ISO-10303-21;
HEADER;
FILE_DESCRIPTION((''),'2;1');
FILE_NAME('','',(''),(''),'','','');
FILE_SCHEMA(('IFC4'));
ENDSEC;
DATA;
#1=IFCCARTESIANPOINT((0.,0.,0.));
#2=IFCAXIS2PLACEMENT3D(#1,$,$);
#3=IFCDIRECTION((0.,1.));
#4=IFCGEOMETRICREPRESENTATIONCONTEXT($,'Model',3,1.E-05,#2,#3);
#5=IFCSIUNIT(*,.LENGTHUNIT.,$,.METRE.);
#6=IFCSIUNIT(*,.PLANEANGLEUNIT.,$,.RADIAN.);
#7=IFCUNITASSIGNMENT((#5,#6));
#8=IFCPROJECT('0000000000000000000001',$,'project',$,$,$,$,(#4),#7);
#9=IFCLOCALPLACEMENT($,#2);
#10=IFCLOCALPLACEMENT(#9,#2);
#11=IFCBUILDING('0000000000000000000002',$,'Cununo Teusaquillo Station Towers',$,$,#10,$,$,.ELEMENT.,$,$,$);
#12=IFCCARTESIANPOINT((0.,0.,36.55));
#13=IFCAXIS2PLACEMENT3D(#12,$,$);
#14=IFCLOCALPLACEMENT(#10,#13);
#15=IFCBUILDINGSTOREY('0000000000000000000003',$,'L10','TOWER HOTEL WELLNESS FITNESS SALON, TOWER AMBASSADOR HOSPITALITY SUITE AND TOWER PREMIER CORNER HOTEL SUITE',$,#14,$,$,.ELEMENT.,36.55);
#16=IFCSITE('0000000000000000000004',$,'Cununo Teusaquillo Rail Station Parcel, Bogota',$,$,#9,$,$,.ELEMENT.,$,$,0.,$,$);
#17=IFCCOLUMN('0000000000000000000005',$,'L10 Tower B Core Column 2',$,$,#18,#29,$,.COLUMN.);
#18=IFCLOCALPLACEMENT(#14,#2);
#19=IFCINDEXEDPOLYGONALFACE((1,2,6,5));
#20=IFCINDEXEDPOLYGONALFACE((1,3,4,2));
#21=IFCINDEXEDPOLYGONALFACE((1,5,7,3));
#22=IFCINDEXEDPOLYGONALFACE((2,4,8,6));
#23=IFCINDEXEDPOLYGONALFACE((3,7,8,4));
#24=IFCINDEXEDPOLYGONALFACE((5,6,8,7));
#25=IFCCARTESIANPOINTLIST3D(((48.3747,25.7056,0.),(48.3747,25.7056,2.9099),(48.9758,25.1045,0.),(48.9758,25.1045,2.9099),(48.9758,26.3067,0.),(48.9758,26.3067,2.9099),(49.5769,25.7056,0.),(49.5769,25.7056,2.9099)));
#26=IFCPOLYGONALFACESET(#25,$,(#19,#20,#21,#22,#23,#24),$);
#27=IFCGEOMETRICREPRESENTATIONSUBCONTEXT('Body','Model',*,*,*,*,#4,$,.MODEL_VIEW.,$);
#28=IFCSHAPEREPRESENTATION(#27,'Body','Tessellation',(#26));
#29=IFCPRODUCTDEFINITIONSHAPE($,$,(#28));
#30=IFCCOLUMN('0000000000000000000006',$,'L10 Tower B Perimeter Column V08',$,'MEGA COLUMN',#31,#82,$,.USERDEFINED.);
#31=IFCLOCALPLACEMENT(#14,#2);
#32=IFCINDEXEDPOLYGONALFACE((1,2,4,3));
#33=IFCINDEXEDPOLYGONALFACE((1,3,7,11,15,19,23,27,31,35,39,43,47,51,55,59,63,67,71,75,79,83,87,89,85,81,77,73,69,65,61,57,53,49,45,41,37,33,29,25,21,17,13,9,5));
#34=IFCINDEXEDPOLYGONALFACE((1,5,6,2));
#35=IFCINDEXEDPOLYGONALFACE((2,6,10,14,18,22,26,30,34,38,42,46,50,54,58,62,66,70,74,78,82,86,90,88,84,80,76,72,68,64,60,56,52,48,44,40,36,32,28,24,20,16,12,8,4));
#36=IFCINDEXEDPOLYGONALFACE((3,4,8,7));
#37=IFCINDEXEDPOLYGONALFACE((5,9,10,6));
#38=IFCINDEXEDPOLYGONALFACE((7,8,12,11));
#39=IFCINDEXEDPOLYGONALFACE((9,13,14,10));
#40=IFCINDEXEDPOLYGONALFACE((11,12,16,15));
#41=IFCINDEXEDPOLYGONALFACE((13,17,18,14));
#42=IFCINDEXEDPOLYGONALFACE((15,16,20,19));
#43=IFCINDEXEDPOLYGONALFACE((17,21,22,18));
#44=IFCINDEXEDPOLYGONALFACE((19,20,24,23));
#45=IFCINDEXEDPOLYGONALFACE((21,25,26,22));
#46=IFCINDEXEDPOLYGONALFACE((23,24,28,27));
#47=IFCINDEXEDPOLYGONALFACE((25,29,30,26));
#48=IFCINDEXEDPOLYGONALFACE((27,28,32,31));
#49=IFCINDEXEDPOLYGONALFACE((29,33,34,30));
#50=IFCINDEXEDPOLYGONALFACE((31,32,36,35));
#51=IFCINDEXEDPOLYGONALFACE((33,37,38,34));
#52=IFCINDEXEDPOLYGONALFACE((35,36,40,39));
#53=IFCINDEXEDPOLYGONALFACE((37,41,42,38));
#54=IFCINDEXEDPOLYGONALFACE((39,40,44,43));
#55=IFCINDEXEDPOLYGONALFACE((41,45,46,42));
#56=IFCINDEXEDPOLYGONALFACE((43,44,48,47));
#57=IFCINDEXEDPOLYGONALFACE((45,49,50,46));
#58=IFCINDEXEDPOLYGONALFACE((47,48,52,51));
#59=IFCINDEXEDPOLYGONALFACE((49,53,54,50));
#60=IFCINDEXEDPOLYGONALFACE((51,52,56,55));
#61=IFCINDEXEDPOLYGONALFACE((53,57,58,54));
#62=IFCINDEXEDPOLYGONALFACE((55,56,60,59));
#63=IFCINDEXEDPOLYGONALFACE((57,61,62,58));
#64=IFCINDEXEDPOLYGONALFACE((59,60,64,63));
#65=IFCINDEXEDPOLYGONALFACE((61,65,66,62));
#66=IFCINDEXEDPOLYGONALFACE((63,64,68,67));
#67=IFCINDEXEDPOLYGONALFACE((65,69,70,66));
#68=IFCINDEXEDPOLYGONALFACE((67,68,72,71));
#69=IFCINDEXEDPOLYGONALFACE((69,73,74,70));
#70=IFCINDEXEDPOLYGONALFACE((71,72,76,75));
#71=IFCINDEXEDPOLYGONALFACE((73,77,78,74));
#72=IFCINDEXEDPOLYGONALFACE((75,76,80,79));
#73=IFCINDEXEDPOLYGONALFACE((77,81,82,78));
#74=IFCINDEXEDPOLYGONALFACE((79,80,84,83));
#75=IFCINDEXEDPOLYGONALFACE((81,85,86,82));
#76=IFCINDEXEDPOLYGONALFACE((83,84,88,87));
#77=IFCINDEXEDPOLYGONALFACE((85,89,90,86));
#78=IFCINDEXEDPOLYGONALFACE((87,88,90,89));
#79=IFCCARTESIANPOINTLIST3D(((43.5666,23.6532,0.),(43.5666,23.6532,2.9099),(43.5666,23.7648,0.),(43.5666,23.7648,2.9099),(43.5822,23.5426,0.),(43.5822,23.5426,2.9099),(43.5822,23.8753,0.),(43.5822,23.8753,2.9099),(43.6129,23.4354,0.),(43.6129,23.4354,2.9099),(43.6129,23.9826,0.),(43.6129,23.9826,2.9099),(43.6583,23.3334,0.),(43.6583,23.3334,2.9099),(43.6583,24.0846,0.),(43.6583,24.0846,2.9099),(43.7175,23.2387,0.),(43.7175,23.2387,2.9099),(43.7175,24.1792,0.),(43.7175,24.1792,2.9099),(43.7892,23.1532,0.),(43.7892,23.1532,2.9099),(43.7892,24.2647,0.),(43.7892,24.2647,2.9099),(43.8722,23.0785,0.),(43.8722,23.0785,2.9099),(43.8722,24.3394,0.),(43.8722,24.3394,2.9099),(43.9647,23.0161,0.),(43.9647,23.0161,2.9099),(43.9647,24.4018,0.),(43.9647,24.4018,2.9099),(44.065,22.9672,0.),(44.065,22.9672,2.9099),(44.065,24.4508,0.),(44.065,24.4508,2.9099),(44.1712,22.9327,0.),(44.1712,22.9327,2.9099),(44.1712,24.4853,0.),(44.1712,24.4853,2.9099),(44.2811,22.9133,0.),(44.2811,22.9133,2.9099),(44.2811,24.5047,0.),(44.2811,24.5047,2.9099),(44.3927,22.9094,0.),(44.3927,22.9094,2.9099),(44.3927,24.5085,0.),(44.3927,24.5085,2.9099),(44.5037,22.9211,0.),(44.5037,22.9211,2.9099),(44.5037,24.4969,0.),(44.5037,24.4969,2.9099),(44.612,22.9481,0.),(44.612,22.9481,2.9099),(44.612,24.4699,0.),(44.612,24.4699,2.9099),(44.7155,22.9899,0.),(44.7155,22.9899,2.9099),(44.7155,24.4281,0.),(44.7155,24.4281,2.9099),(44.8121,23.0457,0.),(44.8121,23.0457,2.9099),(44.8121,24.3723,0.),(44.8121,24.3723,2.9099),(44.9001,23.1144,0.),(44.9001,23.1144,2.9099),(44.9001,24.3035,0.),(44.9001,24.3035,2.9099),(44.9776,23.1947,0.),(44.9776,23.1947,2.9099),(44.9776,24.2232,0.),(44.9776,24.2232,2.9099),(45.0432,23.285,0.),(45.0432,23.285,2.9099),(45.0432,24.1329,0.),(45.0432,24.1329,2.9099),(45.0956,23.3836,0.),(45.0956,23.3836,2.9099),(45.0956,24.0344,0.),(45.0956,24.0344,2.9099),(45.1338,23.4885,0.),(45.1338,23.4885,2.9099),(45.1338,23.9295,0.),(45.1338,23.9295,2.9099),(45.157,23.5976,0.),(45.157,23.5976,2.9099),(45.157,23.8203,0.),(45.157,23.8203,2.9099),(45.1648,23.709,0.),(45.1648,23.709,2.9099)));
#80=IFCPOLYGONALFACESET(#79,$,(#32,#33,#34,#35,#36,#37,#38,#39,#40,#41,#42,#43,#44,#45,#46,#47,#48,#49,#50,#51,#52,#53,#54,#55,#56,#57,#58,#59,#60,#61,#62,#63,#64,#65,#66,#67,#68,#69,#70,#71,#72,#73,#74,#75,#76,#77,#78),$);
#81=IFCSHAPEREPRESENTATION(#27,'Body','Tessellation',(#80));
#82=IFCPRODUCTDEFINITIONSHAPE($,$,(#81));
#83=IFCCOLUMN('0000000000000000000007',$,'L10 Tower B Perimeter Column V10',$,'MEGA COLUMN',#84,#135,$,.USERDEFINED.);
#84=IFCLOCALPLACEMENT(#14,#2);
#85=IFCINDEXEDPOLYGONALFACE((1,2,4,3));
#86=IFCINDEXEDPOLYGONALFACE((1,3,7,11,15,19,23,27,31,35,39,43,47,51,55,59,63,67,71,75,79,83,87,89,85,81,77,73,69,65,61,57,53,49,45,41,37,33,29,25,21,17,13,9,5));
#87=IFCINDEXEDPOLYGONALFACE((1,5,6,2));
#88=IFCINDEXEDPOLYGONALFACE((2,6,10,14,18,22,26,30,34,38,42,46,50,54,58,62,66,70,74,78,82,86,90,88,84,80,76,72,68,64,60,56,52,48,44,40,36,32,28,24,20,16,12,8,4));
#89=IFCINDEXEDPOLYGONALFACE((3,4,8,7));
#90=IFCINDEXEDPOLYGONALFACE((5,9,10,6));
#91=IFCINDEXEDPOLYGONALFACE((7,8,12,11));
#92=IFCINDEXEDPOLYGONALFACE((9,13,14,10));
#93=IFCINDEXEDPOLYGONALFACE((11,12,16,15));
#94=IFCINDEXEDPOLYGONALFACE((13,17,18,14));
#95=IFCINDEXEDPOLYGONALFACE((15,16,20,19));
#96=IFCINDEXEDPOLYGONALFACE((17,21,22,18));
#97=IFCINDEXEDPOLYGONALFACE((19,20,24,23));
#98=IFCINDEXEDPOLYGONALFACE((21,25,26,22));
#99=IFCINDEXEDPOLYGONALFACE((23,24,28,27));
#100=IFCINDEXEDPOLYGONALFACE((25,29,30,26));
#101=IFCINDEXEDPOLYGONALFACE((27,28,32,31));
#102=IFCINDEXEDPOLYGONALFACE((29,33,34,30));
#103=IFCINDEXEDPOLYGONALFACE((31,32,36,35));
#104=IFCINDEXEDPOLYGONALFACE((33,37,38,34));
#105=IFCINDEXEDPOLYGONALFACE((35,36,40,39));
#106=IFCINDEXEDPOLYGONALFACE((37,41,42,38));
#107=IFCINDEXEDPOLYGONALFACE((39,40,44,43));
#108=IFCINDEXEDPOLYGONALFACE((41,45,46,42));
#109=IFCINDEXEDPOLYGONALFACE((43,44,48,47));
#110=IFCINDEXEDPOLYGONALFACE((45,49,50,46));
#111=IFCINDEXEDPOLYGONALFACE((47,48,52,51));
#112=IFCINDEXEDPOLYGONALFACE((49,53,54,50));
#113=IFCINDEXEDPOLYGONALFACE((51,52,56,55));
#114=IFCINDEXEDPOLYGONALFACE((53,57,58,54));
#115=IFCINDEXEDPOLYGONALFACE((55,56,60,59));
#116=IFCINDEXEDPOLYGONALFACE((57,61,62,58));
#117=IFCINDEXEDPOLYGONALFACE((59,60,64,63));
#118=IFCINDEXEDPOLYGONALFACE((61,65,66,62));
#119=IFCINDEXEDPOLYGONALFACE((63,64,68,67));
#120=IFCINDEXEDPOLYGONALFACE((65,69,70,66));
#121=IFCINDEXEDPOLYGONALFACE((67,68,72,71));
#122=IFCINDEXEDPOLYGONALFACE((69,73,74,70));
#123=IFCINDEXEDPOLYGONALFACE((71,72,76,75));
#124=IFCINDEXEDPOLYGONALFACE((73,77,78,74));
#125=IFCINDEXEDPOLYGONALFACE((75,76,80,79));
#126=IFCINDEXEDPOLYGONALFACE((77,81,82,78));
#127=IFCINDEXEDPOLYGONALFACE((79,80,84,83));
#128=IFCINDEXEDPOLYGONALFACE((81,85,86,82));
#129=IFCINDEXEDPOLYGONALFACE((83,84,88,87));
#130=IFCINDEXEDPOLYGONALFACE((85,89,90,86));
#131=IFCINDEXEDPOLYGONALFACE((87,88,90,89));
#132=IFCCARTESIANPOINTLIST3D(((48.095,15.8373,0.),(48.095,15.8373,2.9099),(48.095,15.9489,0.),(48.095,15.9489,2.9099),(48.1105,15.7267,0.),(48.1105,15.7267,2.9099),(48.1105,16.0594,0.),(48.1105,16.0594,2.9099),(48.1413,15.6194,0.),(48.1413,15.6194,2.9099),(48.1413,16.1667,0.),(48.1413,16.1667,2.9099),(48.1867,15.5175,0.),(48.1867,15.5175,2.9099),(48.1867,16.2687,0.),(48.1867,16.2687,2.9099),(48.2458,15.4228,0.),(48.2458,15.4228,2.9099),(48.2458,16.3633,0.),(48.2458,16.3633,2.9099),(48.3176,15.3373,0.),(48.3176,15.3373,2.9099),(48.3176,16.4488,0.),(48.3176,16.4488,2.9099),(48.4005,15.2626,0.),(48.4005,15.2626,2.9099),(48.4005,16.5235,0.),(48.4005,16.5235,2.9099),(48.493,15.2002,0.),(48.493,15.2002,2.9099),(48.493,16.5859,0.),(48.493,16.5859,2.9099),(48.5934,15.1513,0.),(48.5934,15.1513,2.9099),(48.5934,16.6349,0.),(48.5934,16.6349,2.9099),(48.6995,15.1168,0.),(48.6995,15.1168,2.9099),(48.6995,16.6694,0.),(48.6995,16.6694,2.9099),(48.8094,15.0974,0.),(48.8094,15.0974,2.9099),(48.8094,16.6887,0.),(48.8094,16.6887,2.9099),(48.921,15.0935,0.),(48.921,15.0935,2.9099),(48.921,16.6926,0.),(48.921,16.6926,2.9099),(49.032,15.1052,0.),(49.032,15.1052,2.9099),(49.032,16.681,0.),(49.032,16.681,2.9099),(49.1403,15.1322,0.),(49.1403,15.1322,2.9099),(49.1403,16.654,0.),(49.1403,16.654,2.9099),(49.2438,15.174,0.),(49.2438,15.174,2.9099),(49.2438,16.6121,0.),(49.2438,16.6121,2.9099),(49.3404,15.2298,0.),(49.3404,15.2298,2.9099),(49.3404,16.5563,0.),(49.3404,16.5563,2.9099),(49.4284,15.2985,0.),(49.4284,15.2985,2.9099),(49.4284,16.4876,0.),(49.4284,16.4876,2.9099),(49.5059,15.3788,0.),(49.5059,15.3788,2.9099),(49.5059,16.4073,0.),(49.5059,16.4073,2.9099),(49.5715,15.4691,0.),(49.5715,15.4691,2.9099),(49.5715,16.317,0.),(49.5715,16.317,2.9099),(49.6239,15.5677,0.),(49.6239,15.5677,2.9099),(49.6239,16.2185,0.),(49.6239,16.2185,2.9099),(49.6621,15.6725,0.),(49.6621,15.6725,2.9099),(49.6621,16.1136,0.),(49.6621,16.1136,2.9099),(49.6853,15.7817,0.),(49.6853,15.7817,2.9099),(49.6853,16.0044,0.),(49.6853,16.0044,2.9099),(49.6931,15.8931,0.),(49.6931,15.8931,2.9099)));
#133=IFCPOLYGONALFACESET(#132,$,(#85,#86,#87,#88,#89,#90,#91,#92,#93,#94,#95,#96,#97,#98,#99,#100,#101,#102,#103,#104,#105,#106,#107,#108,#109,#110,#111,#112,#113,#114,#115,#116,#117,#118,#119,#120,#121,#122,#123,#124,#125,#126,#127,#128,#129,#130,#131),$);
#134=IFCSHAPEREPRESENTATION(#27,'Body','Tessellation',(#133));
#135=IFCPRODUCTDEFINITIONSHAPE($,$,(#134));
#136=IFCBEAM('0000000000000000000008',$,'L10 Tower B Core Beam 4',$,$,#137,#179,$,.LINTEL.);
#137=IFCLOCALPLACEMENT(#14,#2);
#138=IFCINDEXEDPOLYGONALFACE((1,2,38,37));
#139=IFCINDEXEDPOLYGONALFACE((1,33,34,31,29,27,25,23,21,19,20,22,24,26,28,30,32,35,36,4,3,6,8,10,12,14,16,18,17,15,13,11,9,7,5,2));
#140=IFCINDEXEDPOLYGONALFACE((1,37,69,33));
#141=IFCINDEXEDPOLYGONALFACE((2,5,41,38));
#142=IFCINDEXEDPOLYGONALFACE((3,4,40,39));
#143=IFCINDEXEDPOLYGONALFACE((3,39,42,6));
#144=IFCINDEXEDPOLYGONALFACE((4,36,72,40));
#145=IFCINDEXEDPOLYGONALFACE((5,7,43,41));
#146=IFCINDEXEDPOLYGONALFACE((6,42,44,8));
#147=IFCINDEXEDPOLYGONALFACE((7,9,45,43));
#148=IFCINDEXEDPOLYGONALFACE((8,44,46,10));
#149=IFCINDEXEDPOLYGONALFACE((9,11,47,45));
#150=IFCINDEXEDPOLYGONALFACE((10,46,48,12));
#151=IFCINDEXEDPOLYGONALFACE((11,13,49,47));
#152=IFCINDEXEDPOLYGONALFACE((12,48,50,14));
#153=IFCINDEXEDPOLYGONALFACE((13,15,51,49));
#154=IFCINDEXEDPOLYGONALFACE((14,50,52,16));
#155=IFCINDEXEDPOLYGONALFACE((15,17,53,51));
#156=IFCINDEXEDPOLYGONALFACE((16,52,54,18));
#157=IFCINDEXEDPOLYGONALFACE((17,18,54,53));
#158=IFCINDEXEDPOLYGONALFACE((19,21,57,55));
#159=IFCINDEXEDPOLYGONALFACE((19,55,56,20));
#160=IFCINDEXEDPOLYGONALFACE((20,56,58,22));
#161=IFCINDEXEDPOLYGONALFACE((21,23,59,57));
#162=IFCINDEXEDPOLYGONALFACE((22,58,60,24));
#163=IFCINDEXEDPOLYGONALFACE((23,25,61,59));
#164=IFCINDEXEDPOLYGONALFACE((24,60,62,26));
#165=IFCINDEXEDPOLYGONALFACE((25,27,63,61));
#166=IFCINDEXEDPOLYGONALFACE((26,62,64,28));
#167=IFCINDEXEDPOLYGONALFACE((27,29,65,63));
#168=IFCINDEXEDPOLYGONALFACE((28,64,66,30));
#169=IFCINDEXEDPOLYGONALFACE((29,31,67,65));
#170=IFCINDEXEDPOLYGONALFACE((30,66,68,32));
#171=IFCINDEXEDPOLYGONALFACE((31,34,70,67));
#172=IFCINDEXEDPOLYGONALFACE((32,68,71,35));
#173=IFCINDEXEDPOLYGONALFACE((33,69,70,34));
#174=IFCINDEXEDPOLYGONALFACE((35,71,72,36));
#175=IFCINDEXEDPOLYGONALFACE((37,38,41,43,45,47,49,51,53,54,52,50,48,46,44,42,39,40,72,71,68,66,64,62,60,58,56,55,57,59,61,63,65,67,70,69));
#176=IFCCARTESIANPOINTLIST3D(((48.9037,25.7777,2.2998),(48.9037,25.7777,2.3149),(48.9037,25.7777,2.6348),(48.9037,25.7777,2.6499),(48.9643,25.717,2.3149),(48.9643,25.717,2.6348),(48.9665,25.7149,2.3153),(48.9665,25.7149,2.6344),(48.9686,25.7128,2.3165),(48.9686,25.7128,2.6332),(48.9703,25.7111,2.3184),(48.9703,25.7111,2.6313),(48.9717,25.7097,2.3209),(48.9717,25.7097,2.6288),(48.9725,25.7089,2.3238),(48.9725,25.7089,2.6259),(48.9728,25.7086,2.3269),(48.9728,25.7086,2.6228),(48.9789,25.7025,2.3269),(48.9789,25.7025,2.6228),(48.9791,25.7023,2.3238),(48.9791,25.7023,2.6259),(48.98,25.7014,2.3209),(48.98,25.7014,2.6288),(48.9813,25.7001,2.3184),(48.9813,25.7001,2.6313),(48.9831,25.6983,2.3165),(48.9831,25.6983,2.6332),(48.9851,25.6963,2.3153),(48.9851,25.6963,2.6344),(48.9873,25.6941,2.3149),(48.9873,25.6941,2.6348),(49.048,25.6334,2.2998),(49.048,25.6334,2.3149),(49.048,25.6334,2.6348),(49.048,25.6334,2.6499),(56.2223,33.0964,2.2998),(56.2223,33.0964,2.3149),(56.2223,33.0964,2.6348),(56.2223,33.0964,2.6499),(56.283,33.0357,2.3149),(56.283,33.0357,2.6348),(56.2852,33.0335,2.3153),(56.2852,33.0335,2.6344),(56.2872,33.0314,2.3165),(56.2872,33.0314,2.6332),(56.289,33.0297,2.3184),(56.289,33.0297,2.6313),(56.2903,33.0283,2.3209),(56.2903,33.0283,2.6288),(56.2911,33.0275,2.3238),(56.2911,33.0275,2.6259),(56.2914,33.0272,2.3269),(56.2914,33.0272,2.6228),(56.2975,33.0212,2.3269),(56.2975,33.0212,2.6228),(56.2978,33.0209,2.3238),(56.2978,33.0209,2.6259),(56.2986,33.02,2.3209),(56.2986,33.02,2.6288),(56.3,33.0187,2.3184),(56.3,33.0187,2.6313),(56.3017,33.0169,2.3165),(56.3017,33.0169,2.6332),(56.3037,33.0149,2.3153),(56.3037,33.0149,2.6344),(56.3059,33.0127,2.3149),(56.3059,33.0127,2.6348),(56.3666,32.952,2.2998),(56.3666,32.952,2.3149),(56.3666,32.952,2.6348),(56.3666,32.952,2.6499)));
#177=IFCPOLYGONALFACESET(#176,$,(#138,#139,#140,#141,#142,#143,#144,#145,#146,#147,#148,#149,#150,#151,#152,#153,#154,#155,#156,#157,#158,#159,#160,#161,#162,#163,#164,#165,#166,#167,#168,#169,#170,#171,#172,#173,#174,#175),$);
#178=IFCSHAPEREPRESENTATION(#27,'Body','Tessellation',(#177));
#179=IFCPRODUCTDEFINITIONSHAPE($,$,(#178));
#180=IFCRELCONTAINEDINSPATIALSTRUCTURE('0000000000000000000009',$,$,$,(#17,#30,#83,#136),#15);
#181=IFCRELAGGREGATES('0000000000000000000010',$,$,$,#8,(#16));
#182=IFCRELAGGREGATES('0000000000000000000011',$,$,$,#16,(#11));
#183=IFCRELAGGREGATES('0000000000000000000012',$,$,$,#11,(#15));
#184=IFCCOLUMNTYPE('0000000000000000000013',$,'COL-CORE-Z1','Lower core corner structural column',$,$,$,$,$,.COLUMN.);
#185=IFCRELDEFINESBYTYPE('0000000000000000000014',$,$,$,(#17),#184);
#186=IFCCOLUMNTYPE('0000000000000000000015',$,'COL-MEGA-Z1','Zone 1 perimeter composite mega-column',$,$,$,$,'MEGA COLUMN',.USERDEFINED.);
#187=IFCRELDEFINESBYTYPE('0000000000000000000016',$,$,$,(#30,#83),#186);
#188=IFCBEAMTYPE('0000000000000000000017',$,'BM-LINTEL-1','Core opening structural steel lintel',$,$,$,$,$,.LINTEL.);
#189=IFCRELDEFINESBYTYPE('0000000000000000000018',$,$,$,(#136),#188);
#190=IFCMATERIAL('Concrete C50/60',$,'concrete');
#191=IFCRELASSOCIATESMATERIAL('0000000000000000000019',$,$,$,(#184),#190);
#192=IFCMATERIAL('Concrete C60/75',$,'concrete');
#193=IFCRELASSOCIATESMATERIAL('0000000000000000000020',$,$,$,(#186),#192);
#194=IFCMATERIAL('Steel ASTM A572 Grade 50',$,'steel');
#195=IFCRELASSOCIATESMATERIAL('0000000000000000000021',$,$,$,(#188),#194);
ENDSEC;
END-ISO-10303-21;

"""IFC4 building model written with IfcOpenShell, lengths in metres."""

from ifc_helpers import new_model, si_unit, direction, frame, origin, origin_2d, place, context, subcontext, project, spatial, rectangle, circle, i_section, extrude, material, material_profile, profile_set, type_object, element, save


model = new_model("IFC4")

# Units and contexts
model_context = context("Model", 3, precision=1e-05, world=origin(), true_north=direction((0.0, 1.0)))
body_context = subcontext(model_context, "Body", "Model", "MODEL_VIEW")
ifc_project = project(units=[si_unit("LENGTHUNIT", "METRE"), si_unit("PLANEANGLEUNIT", "RADIAN")], contexts=[model_context])

# Site, building, storey
site_placement = place(None, origin())
site = spatial("IfcSite", under=ifc_project, at=site_placement, Name="Cununo Teusaquillo Rail Station Parcel, Bogota", CompositionType="ELEMENT", RefElevation=0.0)
building_placement = place(site_placement, origin())
building = spatial("IfcBuilding", under=site, at=building_placement, Name="Cununo Teusaquillo Station Towers", CompositionType="ELEMENT")
storey_placement = place(building_placement, frame((0.0, 0.0, 36.55)))
storey = spatial("IfcBuildingStorey", under=building, at=storey_placement, Name="L10", Description="TOWER HOTEL WELLNESS FITNESS SALON, TOWER AMBASSADOR HOSPITALITY SUITE AND TOWER PREMIER CORNER HOTEL SUITE", CompositionType="ELEMENT", Elevation=36.55)

# Columns
ifc_material_1 = material(Name="Concrete C50/60", Category="concrete")
ifc_material_profile_1 = material_profile(ifc_material_1, rectangle(XDim=0.8501, YDim=0.8501, at=origin_2d()), Name="RC-RECT-850x850")
ifc_profile_set_1 = profile_set([ifc_material_profile_1], Name="Concrete C50/60")
column_type_1 = type_object("IfcColumnType", Name="COL-CORE-Z1", Description="Lower core corner structural column", PredefinedType="COLUMN", material=ifc_profile_set_1)
column_placement = place(storey_placement, frame((48.9758, 25.7056, 0.0), z_axis=(0.0, 0.0, 1.0), x_axis=(0.707107, 0.707107, 0.0)))
element("IfcColumn", 1, at=column_placement, inside=storey, type_object=column_type_1, Name="L10 Tower B Core Column 2", PredefinedType="COLUMN", context=body_context, shape_type="SweptSolid", body=[
    extrude(rectangle(XDim=0.8501, YDim=0.8501, at=origin_2d()), origin(), (0.0, 0.0, 1.0), 2.9099),
])
ifc_material_2 = material(Name="Concrete C60/75", Category="concrete")
ifc_material_profile_2 = material_profile(ifc_material_2, circle(Radius=0.8, at=origin_2d()), Name="RC-CIRC-1600")
ifc_profile_set_2 = profile_set([ifc_material_profile_2], Name="Concrete C60/75")
column_type_2 = type_object("IfcColumnType", Name="COL-MEGA-Z1", Description="Zone 1 perimeter composite mega-column", ElementType="MEGA COLUMN", PredefinedType="USERDEFINED", material=ifc_profile_set_2)
for number, where, z_axis, x_axis, name in (
    (2, (44.3647, 23.709, 0.0), (0.0, 0.0, 1.0), (1.0, 0.0, 0.0), "L10 Tower B Perimeter Column V08"),
    (3, (48.8931, 15.8931, 0.0), (0.0, 0.0, 1.0), (1.0, 0.0, 0.0), "L10 Tower B Perimeter Column V10"),
):
    element("IfcColumn", number, at=place(storey_placement, frame(where, z_axis=z_axis, x_axis=x_axis)), inside=storey, type_object=column_type_2, Name=name, ObjectType="MEGA COLUMN", PredefinedType="USERDEFINED", context=body_context, shape_type="SweptSolid", body=[
        extrude(circle(Radius=0.8, at=origin_2d()), origin(), (0.0, 0.0, 1.0), 2.9099),
    ])

# Beam
ifc_material_3 = material(Name="Steel ASTM A572 Grade 50", Category="steel")
ifc_material_profile_3 = material_profile(ifc_material_3, i_section(OverallWidth=0.2041, OverallDepth=0.3501, WebThickness=0.0085, FlangeThickness=0.0151, FilletRadius=0.012, at=origin_2d()), Name="W14X48")
ifc_profile_set_3 = profile_set([ifc_material_profile_3], Name="Steel ASTM A572 Grade 50")
beam_type_1 = type_object("IfcBeamType", Name="BM-LINTEL-1", Description="Core opening structural steel lintel", PredefinedType="LINTEL", material=ifc_profile_set_3)
beam_1_placement = place(storey_placement, frame((48.9758, 25.7056, 2.4749), z_axis=(0.707107, 0.707107, 0.0), x_axis=(-0.707107, 0.707107, 0.0)))
element("IfcBeam", 4, at=beam_1_placement, inside=storey, type_object=beam_type_1, Name="L10 Tower B Core Beam 4", PredefinedType="LINTEL", context=body_context, shape_type="SweptSolid", body=[
    extrude(i_section(OverallWidth=0.2041, OverallDepth=0.3501, WebThickness=0.0085, FlangeThickness=0.0151, FilletRadius=0.012, at=origin_2d()), origin(), (0.0, 0.0, 1.0), 10.3501),
])

save(model, "model.ifc")
